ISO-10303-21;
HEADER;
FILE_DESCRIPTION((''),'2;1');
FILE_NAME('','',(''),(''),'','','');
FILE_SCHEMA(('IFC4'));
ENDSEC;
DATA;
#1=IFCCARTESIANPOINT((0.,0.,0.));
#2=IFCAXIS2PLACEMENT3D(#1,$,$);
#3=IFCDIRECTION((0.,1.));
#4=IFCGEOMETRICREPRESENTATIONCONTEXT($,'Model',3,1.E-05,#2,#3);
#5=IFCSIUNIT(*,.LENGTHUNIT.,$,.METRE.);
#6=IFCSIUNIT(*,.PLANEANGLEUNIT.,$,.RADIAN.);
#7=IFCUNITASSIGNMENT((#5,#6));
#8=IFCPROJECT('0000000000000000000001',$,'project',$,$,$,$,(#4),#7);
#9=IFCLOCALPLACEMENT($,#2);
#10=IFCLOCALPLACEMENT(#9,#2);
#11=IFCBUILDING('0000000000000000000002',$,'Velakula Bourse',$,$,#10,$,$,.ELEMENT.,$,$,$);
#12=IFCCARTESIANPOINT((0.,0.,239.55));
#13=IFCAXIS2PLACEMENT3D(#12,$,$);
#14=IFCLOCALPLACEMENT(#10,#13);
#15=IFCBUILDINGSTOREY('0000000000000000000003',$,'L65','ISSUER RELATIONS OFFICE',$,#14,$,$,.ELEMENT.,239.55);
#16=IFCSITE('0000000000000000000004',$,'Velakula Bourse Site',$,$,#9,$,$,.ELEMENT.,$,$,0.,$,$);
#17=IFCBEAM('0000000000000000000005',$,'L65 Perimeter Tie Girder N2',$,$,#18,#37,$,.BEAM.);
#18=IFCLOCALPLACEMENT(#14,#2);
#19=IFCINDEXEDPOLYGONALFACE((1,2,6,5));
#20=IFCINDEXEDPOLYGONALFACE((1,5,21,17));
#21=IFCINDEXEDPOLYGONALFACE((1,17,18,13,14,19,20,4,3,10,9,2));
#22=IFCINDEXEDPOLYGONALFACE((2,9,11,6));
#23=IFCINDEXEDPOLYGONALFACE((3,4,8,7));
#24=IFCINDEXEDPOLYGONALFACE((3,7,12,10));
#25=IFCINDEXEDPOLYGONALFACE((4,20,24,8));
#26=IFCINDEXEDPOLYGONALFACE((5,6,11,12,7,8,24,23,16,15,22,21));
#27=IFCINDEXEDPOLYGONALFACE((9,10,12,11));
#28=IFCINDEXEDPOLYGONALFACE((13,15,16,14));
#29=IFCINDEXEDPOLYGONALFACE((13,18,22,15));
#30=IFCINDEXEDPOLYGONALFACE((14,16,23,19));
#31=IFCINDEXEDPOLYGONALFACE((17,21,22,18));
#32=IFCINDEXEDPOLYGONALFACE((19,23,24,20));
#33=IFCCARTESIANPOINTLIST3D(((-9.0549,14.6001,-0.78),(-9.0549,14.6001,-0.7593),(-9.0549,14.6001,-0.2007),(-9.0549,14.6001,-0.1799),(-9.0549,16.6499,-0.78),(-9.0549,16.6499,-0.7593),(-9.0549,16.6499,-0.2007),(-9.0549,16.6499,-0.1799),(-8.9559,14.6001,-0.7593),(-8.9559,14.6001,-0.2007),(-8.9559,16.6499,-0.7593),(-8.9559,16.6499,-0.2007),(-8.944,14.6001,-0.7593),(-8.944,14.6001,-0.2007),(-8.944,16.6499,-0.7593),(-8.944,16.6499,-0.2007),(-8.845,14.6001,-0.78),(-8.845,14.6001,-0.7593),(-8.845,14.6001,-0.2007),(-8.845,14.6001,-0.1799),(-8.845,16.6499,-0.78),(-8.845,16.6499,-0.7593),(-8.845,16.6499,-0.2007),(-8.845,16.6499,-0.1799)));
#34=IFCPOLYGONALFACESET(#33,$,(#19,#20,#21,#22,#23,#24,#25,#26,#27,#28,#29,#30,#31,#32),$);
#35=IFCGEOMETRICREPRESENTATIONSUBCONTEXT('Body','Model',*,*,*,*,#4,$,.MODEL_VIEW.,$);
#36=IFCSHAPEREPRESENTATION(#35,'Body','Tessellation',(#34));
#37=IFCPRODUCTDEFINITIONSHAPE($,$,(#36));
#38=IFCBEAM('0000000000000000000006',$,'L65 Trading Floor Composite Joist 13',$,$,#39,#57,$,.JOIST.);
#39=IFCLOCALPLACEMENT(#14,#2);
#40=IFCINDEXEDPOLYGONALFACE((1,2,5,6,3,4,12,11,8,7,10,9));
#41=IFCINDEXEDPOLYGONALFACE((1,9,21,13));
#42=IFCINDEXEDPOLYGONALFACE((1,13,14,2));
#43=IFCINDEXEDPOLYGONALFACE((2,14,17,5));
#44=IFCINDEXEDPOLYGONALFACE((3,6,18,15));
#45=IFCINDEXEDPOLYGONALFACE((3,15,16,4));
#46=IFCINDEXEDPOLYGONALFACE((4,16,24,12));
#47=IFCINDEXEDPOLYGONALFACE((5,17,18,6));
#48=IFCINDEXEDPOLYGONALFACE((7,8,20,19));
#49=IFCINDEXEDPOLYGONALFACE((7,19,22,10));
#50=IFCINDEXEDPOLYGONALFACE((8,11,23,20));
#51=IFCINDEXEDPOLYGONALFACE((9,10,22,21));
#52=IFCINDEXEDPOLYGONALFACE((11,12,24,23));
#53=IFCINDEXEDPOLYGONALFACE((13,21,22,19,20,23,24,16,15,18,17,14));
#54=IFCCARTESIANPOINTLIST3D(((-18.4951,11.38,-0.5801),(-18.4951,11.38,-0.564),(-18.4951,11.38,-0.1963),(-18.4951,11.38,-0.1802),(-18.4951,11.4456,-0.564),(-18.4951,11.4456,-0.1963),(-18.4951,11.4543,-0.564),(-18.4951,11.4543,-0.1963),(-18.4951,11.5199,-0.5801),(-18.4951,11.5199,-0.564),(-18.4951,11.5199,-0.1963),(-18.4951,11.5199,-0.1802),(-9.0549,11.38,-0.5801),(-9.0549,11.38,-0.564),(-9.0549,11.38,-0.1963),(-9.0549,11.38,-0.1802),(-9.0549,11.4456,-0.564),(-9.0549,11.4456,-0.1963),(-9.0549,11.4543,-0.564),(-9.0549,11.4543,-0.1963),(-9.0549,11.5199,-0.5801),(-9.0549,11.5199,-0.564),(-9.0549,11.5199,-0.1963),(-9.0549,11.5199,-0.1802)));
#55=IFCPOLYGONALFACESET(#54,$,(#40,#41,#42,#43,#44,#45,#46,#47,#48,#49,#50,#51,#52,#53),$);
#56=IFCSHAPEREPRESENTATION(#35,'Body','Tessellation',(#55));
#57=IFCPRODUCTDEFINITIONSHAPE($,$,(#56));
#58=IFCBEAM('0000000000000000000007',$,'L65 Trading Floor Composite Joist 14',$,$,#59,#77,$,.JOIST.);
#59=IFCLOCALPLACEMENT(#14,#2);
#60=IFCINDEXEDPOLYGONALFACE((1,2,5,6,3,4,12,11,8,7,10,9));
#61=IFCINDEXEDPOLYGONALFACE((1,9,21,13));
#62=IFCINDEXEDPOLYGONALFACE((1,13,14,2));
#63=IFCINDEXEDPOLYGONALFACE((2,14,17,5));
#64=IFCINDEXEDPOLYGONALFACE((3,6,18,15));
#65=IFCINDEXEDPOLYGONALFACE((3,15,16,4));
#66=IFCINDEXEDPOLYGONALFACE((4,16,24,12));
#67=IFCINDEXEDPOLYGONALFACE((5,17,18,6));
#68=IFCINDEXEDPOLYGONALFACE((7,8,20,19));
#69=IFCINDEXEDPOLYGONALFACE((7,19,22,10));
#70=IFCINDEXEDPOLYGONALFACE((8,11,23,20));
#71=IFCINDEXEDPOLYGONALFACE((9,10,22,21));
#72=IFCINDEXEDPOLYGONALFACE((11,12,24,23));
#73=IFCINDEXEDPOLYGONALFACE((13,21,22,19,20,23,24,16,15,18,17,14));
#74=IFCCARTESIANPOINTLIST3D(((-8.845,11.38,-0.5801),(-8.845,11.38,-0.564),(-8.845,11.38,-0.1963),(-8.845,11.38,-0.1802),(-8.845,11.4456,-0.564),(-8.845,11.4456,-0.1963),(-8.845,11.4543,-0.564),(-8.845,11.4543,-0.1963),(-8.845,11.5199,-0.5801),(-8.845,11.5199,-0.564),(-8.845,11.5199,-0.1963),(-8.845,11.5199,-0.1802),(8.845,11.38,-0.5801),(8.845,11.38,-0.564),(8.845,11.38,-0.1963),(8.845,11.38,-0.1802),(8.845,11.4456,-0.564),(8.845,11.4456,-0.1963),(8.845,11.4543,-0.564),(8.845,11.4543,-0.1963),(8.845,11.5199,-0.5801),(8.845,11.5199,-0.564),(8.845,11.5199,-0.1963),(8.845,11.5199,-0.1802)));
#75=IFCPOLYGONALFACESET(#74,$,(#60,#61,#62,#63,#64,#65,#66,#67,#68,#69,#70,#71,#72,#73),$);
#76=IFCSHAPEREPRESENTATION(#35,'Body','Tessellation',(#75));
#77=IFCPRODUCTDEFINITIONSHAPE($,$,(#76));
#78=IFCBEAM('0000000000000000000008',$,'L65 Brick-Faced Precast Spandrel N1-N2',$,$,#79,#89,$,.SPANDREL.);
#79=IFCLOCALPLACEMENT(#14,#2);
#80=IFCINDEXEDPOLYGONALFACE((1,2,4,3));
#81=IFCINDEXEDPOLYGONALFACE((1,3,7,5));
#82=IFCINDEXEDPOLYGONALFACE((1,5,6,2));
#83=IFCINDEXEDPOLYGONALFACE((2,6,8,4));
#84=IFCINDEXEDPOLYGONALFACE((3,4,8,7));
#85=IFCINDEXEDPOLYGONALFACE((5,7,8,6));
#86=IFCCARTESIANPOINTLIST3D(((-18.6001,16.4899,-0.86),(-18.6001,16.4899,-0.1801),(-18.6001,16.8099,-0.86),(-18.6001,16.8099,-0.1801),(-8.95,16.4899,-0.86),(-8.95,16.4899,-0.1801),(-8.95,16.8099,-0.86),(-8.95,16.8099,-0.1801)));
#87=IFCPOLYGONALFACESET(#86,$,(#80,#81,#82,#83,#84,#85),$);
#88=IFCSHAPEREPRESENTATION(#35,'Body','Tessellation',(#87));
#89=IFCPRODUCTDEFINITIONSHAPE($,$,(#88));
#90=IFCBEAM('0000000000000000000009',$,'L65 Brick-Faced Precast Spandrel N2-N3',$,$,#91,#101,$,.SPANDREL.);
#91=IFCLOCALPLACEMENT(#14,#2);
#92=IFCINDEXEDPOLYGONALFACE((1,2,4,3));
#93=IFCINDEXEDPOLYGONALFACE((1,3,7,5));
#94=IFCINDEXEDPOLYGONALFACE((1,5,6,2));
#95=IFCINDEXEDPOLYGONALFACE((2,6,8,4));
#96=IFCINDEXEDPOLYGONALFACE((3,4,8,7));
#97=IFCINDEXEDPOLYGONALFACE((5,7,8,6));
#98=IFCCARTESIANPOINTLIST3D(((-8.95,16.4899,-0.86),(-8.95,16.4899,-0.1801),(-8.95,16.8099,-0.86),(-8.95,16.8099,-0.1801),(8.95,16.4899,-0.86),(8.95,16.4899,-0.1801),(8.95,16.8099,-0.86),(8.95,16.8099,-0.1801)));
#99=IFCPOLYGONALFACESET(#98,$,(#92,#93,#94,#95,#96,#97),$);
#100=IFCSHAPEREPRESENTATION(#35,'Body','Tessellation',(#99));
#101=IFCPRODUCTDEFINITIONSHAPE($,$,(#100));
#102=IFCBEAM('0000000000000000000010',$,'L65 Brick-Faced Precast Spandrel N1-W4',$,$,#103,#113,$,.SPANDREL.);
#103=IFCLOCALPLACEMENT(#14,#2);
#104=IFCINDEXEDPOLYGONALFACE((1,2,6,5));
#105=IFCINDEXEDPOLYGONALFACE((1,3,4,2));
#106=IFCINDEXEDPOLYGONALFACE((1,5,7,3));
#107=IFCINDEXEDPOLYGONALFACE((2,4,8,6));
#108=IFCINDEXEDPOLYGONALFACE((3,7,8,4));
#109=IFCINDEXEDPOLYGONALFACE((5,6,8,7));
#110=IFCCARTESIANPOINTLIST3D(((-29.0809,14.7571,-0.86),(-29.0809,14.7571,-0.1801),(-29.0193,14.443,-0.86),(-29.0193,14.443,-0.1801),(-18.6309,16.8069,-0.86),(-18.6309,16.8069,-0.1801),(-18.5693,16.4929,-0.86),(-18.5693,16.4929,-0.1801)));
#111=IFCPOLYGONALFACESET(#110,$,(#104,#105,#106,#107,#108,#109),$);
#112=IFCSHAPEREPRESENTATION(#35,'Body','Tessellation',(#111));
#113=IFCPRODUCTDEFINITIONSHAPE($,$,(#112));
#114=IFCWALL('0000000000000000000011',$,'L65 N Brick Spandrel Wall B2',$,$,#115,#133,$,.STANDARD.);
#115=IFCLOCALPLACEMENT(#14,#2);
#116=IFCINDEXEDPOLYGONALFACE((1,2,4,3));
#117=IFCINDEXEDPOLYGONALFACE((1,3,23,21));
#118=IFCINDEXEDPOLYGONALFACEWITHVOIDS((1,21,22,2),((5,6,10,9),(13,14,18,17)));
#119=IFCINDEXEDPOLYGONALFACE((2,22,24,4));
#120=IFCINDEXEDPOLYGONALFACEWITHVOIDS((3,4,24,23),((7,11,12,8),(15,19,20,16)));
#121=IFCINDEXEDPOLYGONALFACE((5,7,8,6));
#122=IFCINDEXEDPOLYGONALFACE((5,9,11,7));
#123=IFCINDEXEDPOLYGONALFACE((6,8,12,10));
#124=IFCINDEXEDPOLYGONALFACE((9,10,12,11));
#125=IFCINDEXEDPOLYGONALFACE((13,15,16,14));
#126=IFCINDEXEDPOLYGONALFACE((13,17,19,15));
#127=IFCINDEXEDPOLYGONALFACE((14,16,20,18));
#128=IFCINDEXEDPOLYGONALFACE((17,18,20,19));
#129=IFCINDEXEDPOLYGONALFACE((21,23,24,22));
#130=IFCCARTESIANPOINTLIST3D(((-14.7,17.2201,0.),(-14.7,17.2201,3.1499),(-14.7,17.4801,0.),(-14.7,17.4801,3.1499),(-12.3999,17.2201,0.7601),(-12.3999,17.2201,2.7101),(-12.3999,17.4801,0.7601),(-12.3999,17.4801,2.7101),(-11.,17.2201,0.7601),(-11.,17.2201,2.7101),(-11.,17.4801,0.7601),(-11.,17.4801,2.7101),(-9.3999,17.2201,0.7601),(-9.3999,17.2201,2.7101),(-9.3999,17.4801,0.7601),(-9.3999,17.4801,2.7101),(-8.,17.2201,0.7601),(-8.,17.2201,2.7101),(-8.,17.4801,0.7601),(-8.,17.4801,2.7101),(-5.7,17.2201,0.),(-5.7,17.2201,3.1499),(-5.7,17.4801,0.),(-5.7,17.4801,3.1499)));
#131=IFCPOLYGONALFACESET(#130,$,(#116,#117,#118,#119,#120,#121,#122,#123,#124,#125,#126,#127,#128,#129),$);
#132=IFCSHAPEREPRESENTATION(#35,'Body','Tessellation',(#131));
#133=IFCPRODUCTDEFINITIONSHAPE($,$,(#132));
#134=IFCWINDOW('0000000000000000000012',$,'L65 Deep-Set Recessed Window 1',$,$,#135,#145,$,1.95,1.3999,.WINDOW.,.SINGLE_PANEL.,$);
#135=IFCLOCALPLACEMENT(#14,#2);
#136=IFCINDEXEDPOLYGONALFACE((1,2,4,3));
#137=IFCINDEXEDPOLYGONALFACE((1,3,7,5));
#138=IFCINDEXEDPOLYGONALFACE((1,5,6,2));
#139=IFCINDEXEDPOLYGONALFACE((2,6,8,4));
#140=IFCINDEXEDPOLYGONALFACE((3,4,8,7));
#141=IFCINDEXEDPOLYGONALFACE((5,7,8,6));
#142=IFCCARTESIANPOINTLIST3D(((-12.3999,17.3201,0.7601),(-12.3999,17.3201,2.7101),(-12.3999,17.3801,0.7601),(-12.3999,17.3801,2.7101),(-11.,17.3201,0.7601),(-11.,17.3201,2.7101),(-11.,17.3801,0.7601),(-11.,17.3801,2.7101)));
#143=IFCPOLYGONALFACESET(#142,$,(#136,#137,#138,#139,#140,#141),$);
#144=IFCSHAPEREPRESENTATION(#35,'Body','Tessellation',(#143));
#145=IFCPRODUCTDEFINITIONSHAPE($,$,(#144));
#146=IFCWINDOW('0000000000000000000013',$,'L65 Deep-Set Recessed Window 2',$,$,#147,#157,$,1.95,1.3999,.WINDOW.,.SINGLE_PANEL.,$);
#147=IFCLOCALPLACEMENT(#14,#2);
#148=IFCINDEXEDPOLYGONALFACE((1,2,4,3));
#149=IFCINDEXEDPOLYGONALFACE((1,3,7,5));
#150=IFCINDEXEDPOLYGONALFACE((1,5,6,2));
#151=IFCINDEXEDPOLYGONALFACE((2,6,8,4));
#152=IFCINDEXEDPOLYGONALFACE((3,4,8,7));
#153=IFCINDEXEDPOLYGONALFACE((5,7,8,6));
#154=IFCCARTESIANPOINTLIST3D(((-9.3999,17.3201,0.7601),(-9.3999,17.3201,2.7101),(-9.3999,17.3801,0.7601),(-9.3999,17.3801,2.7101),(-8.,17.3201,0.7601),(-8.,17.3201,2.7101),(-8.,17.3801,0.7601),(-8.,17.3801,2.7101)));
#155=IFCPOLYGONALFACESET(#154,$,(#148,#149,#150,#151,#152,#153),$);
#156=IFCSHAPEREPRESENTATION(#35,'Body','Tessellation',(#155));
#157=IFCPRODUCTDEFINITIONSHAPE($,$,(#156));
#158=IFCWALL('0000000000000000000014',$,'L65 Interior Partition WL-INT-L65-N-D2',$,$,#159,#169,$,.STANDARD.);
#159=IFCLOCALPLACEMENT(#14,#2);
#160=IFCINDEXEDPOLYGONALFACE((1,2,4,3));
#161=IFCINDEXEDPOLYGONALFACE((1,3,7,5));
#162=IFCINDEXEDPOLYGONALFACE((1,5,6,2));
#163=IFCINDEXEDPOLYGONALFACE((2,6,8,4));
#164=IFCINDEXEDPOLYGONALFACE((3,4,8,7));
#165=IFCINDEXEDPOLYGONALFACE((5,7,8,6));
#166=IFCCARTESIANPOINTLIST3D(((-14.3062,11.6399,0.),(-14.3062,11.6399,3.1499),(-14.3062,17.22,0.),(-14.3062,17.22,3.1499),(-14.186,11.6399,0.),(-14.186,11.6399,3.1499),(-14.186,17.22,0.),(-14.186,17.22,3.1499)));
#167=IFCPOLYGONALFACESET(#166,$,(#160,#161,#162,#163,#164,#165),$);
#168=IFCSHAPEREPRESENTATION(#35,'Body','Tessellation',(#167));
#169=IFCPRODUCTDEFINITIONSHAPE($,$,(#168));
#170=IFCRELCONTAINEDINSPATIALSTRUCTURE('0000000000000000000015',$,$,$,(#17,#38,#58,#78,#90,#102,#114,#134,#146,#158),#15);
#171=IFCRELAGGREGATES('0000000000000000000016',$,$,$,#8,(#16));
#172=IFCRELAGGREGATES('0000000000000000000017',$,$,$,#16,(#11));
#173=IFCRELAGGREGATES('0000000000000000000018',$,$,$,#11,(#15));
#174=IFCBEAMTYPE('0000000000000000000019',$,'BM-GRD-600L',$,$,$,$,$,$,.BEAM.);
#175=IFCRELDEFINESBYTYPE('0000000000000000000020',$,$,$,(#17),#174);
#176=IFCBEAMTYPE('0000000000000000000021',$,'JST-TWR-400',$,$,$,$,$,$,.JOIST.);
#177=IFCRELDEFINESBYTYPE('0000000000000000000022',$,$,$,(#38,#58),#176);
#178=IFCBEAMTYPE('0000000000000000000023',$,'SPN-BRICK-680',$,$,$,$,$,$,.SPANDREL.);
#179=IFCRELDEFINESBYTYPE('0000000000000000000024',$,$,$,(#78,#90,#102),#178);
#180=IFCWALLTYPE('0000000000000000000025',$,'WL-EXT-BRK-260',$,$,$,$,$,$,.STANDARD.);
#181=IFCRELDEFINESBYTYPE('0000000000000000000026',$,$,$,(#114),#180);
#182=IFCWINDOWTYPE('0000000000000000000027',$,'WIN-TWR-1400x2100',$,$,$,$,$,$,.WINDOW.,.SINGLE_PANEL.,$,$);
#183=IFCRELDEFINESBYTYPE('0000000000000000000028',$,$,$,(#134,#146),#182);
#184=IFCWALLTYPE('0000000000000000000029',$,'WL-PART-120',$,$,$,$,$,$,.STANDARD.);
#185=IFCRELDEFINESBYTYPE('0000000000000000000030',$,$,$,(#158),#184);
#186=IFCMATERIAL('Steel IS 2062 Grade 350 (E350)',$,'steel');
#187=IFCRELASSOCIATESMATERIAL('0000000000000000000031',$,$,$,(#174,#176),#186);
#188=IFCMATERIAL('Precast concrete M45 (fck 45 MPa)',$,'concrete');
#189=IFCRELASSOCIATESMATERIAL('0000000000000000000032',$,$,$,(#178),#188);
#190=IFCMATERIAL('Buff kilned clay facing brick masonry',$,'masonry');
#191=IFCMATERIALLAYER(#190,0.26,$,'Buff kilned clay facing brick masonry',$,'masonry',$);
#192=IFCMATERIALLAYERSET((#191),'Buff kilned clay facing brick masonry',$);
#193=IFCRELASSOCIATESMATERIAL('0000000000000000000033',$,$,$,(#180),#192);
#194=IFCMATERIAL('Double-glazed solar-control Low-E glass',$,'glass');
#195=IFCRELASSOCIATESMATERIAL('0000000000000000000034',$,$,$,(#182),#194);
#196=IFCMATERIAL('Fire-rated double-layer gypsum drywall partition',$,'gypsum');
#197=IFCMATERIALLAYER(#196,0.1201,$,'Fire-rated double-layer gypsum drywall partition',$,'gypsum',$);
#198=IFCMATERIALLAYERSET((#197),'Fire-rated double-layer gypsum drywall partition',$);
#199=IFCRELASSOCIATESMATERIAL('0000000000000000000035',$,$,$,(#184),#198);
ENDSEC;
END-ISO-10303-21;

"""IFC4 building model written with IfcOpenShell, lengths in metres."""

from ifc_helpers import new_model, si_unit, direction, frame, frame_2d, origin, origin_2d, place, context, subcontext, project, spatial, rectangle, i_section, extrude, material, layer, layer_set, material_profile, profile_set, type_object, element, fill, save


model = new_model("IFC4")

# Units and contexts
model_context = context("Model", 3, precision=1e-05, world=origin(), true_north=direction((0.0, 1.0)))
body_context = subcontext(model_context, "Body", "Model", "MODEL_VIEW")
ifc_project = project(units=[si_unit("LENGTHUNIT", "METRE"), si_unit("PLANEANGLEUNIT", "RADIAN")], contexts=[model_context])

# Site, building, storey
site_placement = place(None, origin())
site = spatial("IfcSite", under=ifc_project, at=site_placement, Name="Velakula Bourse Site", CompositionType="ELEMENT", RefElevation=0.0)
building_placement = place(site_placement, origin())
building = spatial("IfcBuilding", under=site, at=building_placement, Name="Velakula Bourse", CompositionType="ELEMENT")
storey_placement = place(building_placement, frame((0.0, 0.0, 239.55)))
storey = spatial("IfcBuildingStorey", under=building, at=storey_placement, Name="L65", Description="ISSUER RELATIONS OFFICE", CompositionType="ELEMENT", Elevation=239.55)

# Shared definitions
ifc_material_1 = material(Name="Steel IS 2062 Grade 350 (E350)", Category="steel")

# Beams
ifc_material_profile_1 = material_profile(ifc_material_1, i_section(OverallWidth=0.21, OverallDepth=0.6001, WebThickness=0.012, FlangeThickness=0.0208, at=origin_2d()), Name="Steel IS 2062 Grade 350 (E350)")
ifc_profile_set_1 = profile_set([ifc_material_profile_1], Name="Steel IS 2062 Grade 350 (E350)")
beam_type_1 = type_object("IfcBeamType", Name="BM-GRD-600L", PredefinedType="BEAM", material=ifc_profile_set_1)
for number, where, z_axis, x_axis, name in (
    (1, (-8.95, 14.6001, -0.48), (0.0, 1.0, 0.0), (-1.0, 0.0, 0.0), "L65 Perimeter Tie Girder N2"),
):
    element("IfcBeam", number, at=place(storey_placement, frame(where, z_axis=z_axis, x_axis=x_axis)), inside=storey, type_object=beam_type_1, Name=name, PredefinedType="BEAM", context=body_context, shape_type="SweptSolid", body=[
        extrude(i_section(OverallWidth=0.21, OverallDepth=0.6001, WebThickness=0.012, FlangeThickness=0.0208, at=origin_2d()), origin(), (0.0, 0.0, 1.0), 2.0498),
    ])
ifc_material_profile_2 = material_profile(ifc_material_1, i_section(OverallWidth=0.1399, OverallDepth=0.3999, WebThickness=0.0088, FlangeThickness=0.0161, at=origin_2d()), Name="Steel IS 2062 Grade 350 (E350)")
ifc_profile_set_2 = profile_set([ifc_material_profile_2], Name="Steel IS 2062 Grade 350 (E350)")
beam_type_2 = type_object("IfcBeamType", Name="JST-TWR-400", PredefinedType="JOIST", material=ifc_profile_set_2)
beam_1_placement = place(storey_placement, frame((-18.4951, 11.45, -0.3801), z_axis=(1.0, 0.0, 0.0), x_axis=(0.0, 1.0, 0.0)))
element("IfcBeam", 2, at=beam_1_placement, inside=storey, type_object=beam_type_2, Name="L65 Trading Floor Composite Joist 13", PredefinedType="JOIST", context=body_context, shape_type="SweptSolid", body=[
    extrude(i_section(OverallWidth=0.1399, OverallDepth=0.3999, WebThickness=0.0088, FlangeThickness=0.0161, at=origin_2d()), origin(), (0.0, 0.0, 1.0), 9.4402),
])
beam_2_placement = place(storey_placement, frame((-8.845, 11.45, -0.3801), z_axis=(1.0, 0.0, 0.0), x_axis=(0.0, 1.0, 0.0)))
element("IfcBeam", 3, at=beam_2_placement, inside=storey, type_object=beam_type_2, Name="L65 Trading Floor Composite Joist 14", PredefinedType="JOIST", context=body_context, shape_type="SweptSolid", body=[
    extrude(i_section(OverallWidth=0.1399, OverallDepth=0.3999, WebThickness=0.0088, FlangeThickness=0.0161, at=origin_2d()), origin(), (0.0, 0.0, 1.0), 17.6899),
])
ifc_material_2 = material(Name="Precast concrete M45 (fck 45 MPa)", Category="concrete")
ifc_material_profile_3 = material_profile(ifc_material_2, rectangle(XDim=0.3201, YDim=0.6799, at=origin_2d()), Name="Precast concrete M45 (fck 45 MPa)")
ifc_profile_set_3 = profile_set([ifc_material_profile_3], Name="Precast concrete M45 (fck 45 MPa)")
beam_type_3 = type_object("IfcBeamType", Name="SPN-BRICK-680", PredefinedType="SPANDREL", material=ifc_profile_set_3)
beam_3_placement = place(storey_placement, frame((-18.6001, 16.6499, -0.52), z_axis=(1.0, 0.0, 0.0), x_axis=(0.0, 1.0, 0.0)))
element("IfcBeam", 4, at=beam_3_placement, inside=storey, type_object=beam_type_3, Name="L65 Brick-Faced Precast Spandrel N1-N2", PredefinedType="SPANDREL", context=body_context, shape_type="SweptSolid", body=[
    extrude(rectangle(XDim=0.3201, YDim=0.6799, at=origin_2d()), origin(), (0.0, 0.0, 1.0), 9.6501),
])
beam_4_placement = place(storey_placement, frame((-8.95, 16.6499, -0.52), z_axis=(1.0, 0.0, 0.0), x_axis=(0.0, 1.0, 0.0)))
element("IfcBeam", 5, at=beam_4_placement, inside=storey, type_object=beam_type_3, Name="L65 Brick-Faced Precast Spandrel N2-N3", PredefinedType="SPANDREL", context=body_context, shape_type="SweptSolid", body=[
    extrude(rectangle(XDim=0.3201, YDim=0.6799, at=origin_2d()), origin(), (0.0, 0.0, 1.0), 17.8999),
])
beam_5_placement = place(storey_placement, frame((-18.6001, 16.6499, -0.52), z_axis=(-0.9813, -0.192486, 0.0), x_axis=(0.192486, -0.9813, 0.0)))
element("IfcBeam", 6, at=beam_5_placement, inside=storey, type_object=beam_type_3, Name="L65 Brick-Faced Precast Spandrel N1-W4", PredefinedType="SPANDREL", context=body_context, shape_type="SweptSolid", body=[
    extrude(rectangle(XDim=0.3201, YDim=0.6799, at=origin_2d()), origin(), (0.0, 0.0, 1.0), 10.6492),
])

# Wall, openings, windows
ifc_material_3 = material(Name="Buff kilned clay facing brick masonry", Category="masonry")
ifc_layer_1 = layer(ifc_material_3, 0.26, Name="Buff kilned clay facing brick masonry", Category="masonry")
ifc_layer_set_1 = layer_set([ifc_layer_1], Name="Buff kilned clay facing brick masonry")
wall_type_1 = type_object("IfcWallType", Name="WL-EXT-BRK-260", PredefinedType="STANDARD", material=ifc_layer_set_1)
wall_1_placement = place(storey_placement, frame((-14.7, 17.3501, 0.0), z_axis=(0.0, 0.0, 1.0), x_axis=(1.0, 0.0, 0.0)))
wall_1 = element("IfcWall", 7, at=wall_1_placement, inside=storey, type_object=wall_type_1, Name="L65 N Brick Spandrel Wall B2", PredefinedType="STANDARD", context=body_context, shape_type="SweptSolid", body=[
    extrude(rectangle(XDim=9.0, YDim=0.26, at=frame_2d((4.5, 0.0))), origin(), (0.0, 0.0, 1.0), 3.1499),
])
opening_1_placement = place(wall_1_placement, frame((2.3, 0.0, 0.76)))
opening_1 = element("IfcOpeningElement", 8, at=opening_1_placement, cuts=wall_1, PredefinedType="OPENING", context=body_context, shape_type="SweptSolid", body=[
    extrude(rectangle(XDim=1.3999, YDim=1.95, at=frame_2d((0.7, 0.9751))), frame((0.0, 0.1399, 0.0), z_axis=(0.0, -1.0, 0.0), x_axis=(1.0, 0.0, 0.0)), (0.0, 0.0, 1.0), 0.28),
])
opening_2_placement = place(wall_1_placement, frame((5.3, 0.0, 0.76)))
opening_2 = element("IfcOpeningElement", 9, at=opening_2_placement, cuts=wall_1, PredefinedType="OPENING", context=body_context, shape_type="SweptSolid", body=[
    extrude(rectangle(XDim=1.3999, YDim=1.95, at=frame_2d((0.7, 0.9751))), frame((0.0, 0.1399, 0.0), z_axis=(0.0, -1.0, 0.0), x_axis=(1.0, 0.0, 0.0)), (0.0, 0.0, 1.0), 0.28),
])
ifc_material_4 = material(Name="Double-glazed solar-control Low-E glass", Category="glass")
window_type = type_object("IfcWindowType", Name="WIN-TWR-1400x2100", PartitioningType="SINGLE_PANEL", PredefinedType="WINDOW", material=ifc_material_4)
window_1_placement = place(opening_1_placement, origin())
window_1 = element("IfcWindow", 10, at=window_1_placement, inside=storey, type_object=window_type, Name="L65 Deep-Set Recessed Window 1", OverallHeight=1.95, OverallWidth=1.3999, PartitioningType="SINGLE_PANEL", PredefinedType="WINDOW", context=body_context, shape_type="SweptSolid", body=[
    extrude(rectangle(XDim=1.3999, YDim=1.95, at=frame_2d((0.7, 0.9751))), frame((0.0, 0.03, 0.0), z_axis=(0.0, -1.0, 0.0), x_axis=(1.0, 0.0, 0.0)), (0.0, 0.0, 1.0), 0.0601),
])
fill(opening_1, window_1)
window_2_placement = place(opening_2_placement, origin())
window_2 = element("IfcWindow", 11, at=window_2_placement, inside=storey, type_object=window_type, Name="L65 Deep-Set Recessed Window 2", OverallHeight=1.95, OverallWidth=1.3999, PartitioningType="SINGLE_PANEL", PredefinedType="WINDOW", context=body_context, shape_type="SweptSolid", body=[
    extrude(rectangle(XDim=1.3999, YDim=1.95, at=frame_2d((0.7, 0.9751))), frame((0.0, 0.03, 0.0), z_axis=(0.0, -1.0, 0.0), x_axis=(1.0, 0.0, 0.0)), (0.0, 0.0, 1.0), 0.0601),
])
fill(opening_2, window_2)

# Wall
ifc_material_5 = material(Name="Fire-rated double-layer gypsum drywall partition", Category="gypsum")
ifc_layer_2 = layer(ifc_material_5, 0.1201, Name="Fire-rated double-layer gypsum drywall partition", Category="gypsum")
ifc_layer_set_2 = layer_set([ifc_layer_2], Name="Fire-rated double-layer gypsum drywall partition")
wall_type_2 = type_object("IfcWallType", Name="WL-PART-120", PredefinedType="STANDARD", material=ifc_layer_set_2)
for number, where, z_axis, x_axis, name in (
    (12, (-14.2461, 11.6399, 0.0), (0.0, 0.0, 1.0), (0.0, 1.0, 0.0), "L65 Interior Partition WL-INT-L65-N-D2"),
):
    element("IfcWall", number, at=place(storey_placement, frame(where, z_axis=z_axis, x_axis=x_axis)), inside=storey, type_object=wall_type_2, Name=name, PredefinedType="STANDARD", context=body_context, shape_type="SweptSolid", body=[
        extrude(rectangle(XDim=5.5801, YDim=0.1201, at=frame_2d((2.79, 0.0))), origin(), (0.0, 0.0, 1.0), 3.1499),
    ])

save(model, "model.ifc")
